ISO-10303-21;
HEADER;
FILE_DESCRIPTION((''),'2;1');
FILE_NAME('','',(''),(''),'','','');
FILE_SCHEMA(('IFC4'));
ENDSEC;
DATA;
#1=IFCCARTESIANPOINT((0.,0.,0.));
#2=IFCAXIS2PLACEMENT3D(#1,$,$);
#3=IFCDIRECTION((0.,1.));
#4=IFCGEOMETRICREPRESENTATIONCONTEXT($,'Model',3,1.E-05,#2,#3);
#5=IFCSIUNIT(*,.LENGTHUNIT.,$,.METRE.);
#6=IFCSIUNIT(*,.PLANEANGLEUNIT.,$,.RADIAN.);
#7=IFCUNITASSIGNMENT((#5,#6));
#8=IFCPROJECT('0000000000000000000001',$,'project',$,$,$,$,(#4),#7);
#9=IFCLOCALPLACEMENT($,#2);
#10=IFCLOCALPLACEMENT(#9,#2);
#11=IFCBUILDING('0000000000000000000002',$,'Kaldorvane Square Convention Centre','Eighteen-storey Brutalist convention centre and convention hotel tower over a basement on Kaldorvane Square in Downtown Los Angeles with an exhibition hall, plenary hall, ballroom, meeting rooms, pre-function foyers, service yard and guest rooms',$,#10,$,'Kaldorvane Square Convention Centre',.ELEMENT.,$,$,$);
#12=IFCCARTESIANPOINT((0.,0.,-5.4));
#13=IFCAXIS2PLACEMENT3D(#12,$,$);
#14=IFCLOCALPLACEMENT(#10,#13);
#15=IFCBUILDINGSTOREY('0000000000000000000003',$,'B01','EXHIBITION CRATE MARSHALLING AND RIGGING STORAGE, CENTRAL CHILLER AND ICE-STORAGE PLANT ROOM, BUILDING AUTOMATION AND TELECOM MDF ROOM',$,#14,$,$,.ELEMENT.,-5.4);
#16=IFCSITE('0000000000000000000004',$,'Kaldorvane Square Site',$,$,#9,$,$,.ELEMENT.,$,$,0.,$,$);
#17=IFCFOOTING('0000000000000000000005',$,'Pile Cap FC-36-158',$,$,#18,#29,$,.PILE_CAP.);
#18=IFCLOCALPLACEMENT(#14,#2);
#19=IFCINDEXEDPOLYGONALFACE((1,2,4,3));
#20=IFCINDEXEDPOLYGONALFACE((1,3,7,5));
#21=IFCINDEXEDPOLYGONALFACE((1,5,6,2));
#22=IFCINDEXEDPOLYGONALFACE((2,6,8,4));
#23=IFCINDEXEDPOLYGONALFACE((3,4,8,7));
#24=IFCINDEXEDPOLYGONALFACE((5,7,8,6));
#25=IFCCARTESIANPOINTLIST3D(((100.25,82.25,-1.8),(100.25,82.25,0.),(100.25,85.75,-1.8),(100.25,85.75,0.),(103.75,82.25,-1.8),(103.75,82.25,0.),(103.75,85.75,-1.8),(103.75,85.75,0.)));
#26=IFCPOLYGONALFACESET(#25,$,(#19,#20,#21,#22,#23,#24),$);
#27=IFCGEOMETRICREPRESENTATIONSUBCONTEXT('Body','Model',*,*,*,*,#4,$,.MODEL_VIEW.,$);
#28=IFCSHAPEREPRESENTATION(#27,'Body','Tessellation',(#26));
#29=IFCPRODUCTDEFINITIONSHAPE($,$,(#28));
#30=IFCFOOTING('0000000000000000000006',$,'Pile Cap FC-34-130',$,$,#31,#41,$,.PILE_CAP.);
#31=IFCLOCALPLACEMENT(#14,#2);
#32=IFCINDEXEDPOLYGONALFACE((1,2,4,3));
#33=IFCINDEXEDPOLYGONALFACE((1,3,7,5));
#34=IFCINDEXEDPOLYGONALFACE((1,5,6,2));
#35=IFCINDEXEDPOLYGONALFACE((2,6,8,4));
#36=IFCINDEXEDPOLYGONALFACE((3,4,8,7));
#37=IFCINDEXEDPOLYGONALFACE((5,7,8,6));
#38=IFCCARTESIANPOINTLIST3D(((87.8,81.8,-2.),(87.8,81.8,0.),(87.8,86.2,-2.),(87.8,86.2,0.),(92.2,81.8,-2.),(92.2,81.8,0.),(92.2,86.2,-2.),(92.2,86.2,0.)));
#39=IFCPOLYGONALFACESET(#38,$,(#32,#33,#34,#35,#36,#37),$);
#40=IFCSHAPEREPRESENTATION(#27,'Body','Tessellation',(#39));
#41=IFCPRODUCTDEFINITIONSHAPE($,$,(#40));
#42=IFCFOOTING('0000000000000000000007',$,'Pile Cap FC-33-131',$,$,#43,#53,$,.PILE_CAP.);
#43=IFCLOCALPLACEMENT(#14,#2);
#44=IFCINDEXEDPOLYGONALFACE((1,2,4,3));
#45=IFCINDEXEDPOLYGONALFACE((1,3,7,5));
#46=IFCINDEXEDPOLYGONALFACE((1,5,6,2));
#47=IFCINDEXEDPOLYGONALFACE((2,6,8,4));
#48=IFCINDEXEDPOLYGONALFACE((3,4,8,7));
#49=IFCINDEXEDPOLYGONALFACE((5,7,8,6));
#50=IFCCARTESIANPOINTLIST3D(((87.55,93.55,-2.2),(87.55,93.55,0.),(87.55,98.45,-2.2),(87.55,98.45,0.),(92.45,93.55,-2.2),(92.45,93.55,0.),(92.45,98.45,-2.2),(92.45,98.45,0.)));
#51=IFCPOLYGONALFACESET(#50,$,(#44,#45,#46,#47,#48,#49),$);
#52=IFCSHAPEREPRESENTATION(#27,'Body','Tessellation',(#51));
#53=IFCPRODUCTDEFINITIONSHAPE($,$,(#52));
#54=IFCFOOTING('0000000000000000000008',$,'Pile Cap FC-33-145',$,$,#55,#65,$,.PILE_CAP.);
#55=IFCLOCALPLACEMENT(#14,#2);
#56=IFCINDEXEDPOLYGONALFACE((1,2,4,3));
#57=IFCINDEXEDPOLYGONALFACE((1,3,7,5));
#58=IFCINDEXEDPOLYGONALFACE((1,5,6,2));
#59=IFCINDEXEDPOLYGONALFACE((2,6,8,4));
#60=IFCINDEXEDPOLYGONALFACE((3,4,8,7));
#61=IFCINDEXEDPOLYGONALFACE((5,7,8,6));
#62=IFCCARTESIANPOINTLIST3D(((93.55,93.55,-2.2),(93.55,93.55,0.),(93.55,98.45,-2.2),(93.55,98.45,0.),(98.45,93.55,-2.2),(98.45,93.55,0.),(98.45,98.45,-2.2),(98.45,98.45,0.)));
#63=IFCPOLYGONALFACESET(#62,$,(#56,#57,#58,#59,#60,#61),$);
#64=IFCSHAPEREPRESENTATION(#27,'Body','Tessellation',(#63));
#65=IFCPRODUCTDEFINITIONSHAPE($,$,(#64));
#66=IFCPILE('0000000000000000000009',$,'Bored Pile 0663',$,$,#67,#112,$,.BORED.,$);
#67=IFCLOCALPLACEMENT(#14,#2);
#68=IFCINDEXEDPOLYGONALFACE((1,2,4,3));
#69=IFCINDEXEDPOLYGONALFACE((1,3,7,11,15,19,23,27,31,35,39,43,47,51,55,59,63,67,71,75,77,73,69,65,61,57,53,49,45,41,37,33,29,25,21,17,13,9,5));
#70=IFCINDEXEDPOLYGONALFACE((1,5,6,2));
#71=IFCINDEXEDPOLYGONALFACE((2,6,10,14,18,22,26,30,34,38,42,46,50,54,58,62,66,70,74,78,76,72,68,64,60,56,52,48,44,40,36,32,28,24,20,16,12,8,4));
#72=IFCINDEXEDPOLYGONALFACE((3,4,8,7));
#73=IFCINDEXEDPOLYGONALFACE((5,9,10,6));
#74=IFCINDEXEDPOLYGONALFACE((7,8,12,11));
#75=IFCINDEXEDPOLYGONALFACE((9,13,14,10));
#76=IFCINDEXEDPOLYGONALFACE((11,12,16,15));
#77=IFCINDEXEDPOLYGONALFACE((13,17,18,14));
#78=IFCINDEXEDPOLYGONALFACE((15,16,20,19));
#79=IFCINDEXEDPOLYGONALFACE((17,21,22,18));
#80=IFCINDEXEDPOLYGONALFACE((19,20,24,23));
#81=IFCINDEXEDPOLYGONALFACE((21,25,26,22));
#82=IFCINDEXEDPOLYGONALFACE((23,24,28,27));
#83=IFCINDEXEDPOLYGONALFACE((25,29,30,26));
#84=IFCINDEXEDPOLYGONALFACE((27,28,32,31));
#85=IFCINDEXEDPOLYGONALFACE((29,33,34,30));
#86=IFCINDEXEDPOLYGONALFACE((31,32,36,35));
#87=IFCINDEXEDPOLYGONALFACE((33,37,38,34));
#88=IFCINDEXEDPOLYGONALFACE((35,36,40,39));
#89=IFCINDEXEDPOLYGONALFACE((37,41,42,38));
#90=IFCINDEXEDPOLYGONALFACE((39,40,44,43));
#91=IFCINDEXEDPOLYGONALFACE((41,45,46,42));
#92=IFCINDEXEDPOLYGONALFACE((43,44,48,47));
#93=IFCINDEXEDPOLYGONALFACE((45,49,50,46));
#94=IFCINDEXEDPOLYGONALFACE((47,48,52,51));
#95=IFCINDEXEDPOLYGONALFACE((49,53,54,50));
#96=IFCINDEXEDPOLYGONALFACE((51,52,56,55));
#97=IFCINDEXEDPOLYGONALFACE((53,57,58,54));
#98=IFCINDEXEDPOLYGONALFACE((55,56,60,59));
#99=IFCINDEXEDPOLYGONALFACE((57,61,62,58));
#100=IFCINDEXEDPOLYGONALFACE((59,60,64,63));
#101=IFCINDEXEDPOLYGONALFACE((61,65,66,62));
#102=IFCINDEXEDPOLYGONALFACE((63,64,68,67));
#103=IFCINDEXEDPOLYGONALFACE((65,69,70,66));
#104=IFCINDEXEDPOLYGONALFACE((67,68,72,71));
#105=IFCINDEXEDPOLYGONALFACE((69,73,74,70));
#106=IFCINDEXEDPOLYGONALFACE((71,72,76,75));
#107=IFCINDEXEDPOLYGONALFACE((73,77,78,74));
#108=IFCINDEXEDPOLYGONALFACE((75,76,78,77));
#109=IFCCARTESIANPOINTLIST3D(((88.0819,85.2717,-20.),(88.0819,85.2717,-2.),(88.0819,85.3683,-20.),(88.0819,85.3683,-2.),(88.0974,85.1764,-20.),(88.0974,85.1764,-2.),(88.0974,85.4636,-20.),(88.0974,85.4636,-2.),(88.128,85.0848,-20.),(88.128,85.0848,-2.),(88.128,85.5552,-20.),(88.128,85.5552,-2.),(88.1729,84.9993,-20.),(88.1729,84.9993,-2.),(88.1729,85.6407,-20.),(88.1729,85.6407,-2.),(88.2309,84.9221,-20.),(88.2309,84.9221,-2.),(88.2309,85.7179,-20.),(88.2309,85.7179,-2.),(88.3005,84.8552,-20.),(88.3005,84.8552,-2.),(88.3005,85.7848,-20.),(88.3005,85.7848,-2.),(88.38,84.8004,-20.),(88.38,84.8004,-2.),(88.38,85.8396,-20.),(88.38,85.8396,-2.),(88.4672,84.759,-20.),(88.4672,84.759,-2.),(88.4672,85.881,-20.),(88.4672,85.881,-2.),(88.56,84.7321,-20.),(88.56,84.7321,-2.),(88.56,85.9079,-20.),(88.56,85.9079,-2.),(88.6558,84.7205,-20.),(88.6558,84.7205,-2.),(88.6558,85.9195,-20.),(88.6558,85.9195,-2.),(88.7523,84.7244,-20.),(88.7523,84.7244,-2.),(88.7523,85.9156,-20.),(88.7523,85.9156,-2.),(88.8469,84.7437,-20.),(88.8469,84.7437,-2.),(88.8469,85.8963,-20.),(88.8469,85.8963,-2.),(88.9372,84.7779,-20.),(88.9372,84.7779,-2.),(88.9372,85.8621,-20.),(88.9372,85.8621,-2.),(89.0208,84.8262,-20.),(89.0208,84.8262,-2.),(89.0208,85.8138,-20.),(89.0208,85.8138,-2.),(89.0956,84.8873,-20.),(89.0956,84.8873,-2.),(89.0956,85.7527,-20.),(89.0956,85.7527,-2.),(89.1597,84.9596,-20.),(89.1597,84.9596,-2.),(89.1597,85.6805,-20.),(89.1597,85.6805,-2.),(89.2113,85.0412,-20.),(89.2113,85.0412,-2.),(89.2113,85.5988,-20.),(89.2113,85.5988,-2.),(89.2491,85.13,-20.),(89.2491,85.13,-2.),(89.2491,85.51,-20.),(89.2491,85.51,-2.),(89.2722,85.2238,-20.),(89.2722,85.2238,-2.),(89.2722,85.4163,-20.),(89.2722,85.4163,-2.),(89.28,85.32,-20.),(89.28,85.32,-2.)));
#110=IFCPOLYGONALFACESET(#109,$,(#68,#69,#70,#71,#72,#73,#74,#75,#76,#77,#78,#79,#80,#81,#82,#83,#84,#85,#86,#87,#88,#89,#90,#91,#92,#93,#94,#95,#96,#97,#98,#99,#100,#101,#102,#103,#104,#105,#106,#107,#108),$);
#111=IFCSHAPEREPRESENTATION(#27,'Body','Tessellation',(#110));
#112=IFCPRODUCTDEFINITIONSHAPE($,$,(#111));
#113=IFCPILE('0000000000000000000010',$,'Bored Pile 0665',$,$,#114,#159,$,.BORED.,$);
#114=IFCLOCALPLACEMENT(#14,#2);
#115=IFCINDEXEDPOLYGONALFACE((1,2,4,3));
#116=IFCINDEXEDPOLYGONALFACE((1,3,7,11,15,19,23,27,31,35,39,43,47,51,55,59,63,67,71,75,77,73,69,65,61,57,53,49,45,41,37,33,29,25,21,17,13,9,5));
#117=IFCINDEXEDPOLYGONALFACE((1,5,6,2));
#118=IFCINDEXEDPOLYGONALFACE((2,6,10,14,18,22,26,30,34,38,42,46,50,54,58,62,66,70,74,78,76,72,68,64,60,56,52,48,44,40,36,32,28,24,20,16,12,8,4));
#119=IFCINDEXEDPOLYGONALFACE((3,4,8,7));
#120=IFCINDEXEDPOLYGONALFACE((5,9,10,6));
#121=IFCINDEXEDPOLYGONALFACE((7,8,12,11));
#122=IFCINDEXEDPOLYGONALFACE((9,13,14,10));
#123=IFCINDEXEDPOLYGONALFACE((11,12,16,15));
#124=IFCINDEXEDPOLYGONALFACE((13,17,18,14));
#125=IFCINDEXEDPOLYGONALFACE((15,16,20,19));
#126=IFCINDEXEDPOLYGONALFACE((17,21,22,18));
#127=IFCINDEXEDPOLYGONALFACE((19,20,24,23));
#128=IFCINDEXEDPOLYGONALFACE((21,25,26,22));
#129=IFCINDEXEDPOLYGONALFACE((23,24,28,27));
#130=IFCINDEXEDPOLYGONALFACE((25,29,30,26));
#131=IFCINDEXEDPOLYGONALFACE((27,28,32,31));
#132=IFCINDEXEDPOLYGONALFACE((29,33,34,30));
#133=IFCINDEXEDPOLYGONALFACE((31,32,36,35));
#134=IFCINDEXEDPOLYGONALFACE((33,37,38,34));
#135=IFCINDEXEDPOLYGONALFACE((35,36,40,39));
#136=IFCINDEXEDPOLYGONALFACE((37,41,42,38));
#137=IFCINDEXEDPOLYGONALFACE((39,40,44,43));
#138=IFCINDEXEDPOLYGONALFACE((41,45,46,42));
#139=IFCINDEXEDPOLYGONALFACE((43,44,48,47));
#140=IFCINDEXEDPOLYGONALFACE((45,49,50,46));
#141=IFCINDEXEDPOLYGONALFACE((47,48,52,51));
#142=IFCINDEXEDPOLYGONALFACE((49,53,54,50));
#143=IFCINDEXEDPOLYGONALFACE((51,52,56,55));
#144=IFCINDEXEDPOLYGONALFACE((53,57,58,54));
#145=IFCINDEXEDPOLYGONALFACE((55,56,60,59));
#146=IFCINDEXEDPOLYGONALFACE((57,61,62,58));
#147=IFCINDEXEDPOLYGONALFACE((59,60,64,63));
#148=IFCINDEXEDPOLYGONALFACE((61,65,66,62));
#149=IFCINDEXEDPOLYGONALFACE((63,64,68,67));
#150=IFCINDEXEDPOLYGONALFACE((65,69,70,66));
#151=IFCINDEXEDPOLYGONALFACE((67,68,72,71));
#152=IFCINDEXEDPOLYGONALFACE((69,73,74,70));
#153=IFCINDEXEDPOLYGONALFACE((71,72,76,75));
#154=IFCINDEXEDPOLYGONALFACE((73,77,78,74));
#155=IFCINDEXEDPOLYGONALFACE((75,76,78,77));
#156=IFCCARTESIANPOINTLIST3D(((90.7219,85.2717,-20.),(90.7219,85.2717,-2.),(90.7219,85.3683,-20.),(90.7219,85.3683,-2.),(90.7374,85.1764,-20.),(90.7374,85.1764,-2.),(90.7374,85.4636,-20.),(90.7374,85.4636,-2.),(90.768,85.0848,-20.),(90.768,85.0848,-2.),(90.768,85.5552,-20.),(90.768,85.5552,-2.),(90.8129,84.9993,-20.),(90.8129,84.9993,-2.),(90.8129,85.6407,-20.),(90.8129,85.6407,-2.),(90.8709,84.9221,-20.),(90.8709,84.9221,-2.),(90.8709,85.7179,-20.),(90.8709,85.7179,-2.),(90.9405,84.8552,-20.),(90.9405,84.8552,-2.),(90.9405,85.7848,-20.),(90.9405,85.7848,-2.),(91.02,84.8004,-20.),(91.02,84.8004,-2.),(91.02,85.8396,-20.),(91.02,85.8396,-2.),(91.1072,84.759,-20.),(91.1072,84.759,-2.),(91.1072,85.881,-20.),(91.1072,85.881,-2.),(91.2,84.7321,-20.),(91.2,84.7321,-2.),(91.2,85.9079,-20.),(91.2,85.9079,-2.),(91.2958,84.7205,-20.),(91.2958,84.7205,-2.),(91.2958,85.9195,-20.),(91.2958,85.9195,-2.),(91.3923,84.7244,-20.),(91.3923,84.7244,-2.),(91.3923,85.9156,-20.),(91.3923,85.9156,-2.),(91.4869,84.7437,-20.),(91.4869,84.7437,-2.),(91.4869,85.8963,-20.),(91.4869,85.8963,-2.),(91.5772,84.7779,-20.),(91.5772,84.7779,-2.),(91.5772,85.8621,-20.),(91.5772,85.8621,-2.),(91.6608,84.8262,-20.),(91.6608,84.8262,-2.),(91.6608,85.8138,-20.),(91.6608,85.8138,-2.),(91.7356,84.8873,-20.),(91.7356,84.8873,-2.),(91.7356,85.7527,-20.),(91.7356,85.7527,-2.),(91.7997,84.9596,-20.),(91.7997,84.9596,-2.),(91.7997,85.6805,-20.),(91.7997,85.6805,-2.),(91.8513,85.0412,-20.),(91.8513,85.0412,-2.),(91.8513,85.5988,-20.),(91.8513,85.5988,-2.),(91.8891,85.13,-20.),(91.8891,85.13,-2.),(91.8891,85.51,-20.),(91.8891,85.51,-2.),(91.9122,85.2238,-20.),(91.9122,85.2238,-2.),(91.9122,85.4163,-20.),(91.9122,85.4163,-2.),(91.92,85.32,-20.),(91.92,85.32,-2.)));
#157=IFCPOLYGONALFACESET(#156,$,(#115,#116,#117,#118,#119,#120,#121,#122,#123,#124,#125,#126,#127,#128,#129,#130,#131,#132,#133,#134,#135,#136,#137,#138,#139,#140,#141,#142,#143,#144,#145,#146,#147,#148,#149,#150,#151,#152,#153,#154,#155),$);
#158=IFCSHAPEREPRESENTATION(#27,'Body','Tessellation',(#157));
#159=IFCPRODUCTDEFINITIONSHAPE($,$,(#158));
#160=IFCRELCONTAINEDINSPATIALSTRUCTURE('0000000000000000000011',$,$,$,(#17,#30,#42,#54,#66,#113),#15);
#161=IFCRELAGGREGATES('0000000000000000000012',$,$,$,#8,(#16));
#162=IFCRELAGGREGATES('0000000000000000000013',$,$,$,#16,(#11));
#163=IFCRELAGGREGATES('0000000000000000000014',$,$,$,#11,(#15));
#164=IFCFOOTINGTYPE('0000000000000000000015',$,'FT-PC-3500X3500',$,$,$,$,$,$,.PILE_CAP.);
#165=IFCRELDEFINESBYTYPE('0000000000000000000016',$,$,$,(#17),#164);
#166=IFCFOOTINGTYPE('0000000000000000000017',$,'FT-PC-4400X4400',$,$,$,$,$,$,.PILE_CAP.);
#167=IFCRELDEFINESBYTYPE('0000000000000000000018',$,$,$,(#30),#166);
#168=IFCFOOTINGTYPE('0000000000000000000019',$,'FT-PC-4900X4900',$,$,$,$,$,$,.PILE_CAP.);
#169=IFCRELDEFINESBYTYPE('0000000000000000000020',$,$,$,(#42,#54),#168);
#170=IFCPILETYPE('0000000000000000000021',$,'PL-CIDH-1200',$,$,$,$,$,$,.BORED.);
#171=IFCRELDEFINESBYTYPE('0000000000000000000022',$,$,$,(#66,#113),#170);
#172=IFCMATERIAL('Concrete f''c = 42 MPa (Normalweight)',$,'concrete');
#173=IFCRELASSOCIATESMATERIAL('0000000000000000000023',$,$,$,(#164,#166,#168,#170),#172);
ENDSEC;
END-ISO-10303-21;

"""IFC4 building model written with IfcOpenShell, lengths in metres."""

from ifc_helpers import new_model, si_unit, direction, frame, origin, origin_2d, place, context, subcontext, project, spatial, rectangle, circle, extrude, material, material_profile, profile_set, type_object, element, save


model = new_model("IFC4")

# Units and contexts
model_context = context("Model", 3, precision=1e-05, world=origin(), true_north=direction((0.0, 1.0)))
body_context = subcontext(model_context, "Body", "Model", "MODEL_VIEW")
ifc_project = project(units=[si_unit("LENGTHUNIT", "METRE"), si_unit("PLANEANGLEUNIT", "RADIAN")], contexts=[model_context])

# Site, building, storey
site_placement = place(None, origin())
site = spatial("IfcSite", under=ifc_project, at=site_placement, Name="Kaldorvane Square Site", CompositionType="ELEMENT", RefElevation=0.0)
building_placement = place(site_placement, origin())
building = spatial("IfcBuilding", under=site, at=building_placement, Name="Kaldorvane Square Convention Centre", Description="Eighteen-storey Brutalist convention centre and convention hotel tower over a basement on Kaldorvane Square in Downtown Los Angeles with an exhibition hall, plenary hall, ballroom, meeting rooms, pre-function foyers, service yard and guest rooms", LongName="Kaldorvane Square Convention Centre", CompositionType="ELEMENT")
storey_placement = place(building_placement, frame((0.0, 0.0, -5.4)))
storey = spatial("IfcBuildingStorey", under=building, at=storey_placement, Name="B01", Description="EXHIBITION CRATE MARSHALLING AND RIGGING STORAGE, CENTRAL CHILLER AND ICE-STORAGE PLANT ROOM, BUILDING AUTOMATION AND TELECOM MDF ROOM", CompositionType="ELEMENT", Elevation=-5.4)

# Footings
ifc_material_1 = material(Name="Concrete f'c = 42 MPa (Normalweight)", Category="concrete")
footing_type_1 = type_object("IfcFootingType", Name="FT-PC-3500X3500", PredefinedType="PILE_CAP", material=ifc_material_1)
footing_1_placement = place(storey_placement, frame((102.0, 84.0, -1.8), z_axis=(0.0, 0.0, 1.0), x_axis=(1.0, 0.0, 0.0)))
element("IfcFooting", 1, at=footing_1_placement, inside=storey, type_object=footing_type_1, Name="Pile Cap FC-36-158", PredefinedType="PILE_CAP", context=body_context, shape_type="SweptSolid", body=[
    extrude(rectangle(XDim=3.5, YDim=3.5, at=origin_2d()), origin(), (0.0, 0.0, 1.0), 1.8),
])
footing_type_2 = type_object("IfcFootingType", Name="FT-PC-4400X4400", PredefinedType="PILE_CAP", material=ifc_material_1)
footing_2_placement = place(storey_placement, frame((90.0, 84.0, -2.0), z_axis=(0.0, 0.0, 1.0), x_axis=(1.0, 0.0, 0.0)))
element("IfcFooting", 2, at=footing_2_placement, inside=storey, type_object=footing_type_2, Name="Pile Cap FC-34-130", PredefinedType="PILE_CAP", context=body_context, shape_type="SweptSolid", body=[
    extrude(rectangle(XDim=4.4, YDim=4.4, at=origin_2d()), origin(), (0.0, 0.0, 1.0), 2.0),
])
footing_type_3 = type_object("IfcFootingType", Name="FT-PC-4900X4900", PredefinedType="PILE_CAP", material=ifc_material_1)
for number, where, z_axis, x_axis, name in (
    (3, (90.0, 96.0, -2.2), (0.0, 0.0, 1.0), (1.0, 0.0, 0.0), "Pile Cap FC-33-131"),
    (4, (96.0, 96.0, -2.2), (0.0, 0.0, 1.0), (1.0, 0.0, 0.0), "Pile Cap FC-33-145"),
):
    element("IfcFooting", number, at=place(storey_placement, frame(where, z_axis=z_axis, x_axis=x_axis)), inside=storey, type_object=footing_type_3, Name=name, PredefinedType="PILE_CAP", context=body_context, shape_type="SweptSolid", body=[
        extrude(rectangle(XDim=4.9, YDim=4.9, at=origin_2d()), origin(), (0.0, 0.0, 1.0), 2.2),
    ])

# Piles
ifc_material_profile_1 = material_profile(ifc_material_1, circle(Radius=0.6, at=origin_2d()), Name="PILE-D1200")
ifc_profile_set_1 = profile_set([ifc_material_profile_1], Name="Concrete f'c = 42 MPa (Normalweight)")
pile_type_1 = type_object("IfcPileType", Name="PL-CIDH-1200", PredefinedType="BORED", material=ifc_profile_set_1)
for number, where, z_axis, x_axis, name in (
    (5, (88.68, 85.32, -2.0), (0.0, 0.0, -1.0), (1.0, 0.0, 0.0), "Bored Pile 0663"),
    (6, (91.32, 85.32, -2.0), (0.0, 0.0, -1.0), (1.0, 0.0, 0.0), "Bored Pile 0665"),
):
    element("IfcPile", number, at=place(storey_placement, frame(where, z_axis=z_axis, x_axis=x_axis)), inside=storey, type_object=pile_type_1, Name=name, PredefinedType="BORED", context=body_context, shape_type="SweptSolid", body=[
        extrude(circle(Radius=0.6, at=origin_2d()), origin(), (0.0, 0.0, 1.0), 18.0),
    ])

save(model, "model.ifc")
